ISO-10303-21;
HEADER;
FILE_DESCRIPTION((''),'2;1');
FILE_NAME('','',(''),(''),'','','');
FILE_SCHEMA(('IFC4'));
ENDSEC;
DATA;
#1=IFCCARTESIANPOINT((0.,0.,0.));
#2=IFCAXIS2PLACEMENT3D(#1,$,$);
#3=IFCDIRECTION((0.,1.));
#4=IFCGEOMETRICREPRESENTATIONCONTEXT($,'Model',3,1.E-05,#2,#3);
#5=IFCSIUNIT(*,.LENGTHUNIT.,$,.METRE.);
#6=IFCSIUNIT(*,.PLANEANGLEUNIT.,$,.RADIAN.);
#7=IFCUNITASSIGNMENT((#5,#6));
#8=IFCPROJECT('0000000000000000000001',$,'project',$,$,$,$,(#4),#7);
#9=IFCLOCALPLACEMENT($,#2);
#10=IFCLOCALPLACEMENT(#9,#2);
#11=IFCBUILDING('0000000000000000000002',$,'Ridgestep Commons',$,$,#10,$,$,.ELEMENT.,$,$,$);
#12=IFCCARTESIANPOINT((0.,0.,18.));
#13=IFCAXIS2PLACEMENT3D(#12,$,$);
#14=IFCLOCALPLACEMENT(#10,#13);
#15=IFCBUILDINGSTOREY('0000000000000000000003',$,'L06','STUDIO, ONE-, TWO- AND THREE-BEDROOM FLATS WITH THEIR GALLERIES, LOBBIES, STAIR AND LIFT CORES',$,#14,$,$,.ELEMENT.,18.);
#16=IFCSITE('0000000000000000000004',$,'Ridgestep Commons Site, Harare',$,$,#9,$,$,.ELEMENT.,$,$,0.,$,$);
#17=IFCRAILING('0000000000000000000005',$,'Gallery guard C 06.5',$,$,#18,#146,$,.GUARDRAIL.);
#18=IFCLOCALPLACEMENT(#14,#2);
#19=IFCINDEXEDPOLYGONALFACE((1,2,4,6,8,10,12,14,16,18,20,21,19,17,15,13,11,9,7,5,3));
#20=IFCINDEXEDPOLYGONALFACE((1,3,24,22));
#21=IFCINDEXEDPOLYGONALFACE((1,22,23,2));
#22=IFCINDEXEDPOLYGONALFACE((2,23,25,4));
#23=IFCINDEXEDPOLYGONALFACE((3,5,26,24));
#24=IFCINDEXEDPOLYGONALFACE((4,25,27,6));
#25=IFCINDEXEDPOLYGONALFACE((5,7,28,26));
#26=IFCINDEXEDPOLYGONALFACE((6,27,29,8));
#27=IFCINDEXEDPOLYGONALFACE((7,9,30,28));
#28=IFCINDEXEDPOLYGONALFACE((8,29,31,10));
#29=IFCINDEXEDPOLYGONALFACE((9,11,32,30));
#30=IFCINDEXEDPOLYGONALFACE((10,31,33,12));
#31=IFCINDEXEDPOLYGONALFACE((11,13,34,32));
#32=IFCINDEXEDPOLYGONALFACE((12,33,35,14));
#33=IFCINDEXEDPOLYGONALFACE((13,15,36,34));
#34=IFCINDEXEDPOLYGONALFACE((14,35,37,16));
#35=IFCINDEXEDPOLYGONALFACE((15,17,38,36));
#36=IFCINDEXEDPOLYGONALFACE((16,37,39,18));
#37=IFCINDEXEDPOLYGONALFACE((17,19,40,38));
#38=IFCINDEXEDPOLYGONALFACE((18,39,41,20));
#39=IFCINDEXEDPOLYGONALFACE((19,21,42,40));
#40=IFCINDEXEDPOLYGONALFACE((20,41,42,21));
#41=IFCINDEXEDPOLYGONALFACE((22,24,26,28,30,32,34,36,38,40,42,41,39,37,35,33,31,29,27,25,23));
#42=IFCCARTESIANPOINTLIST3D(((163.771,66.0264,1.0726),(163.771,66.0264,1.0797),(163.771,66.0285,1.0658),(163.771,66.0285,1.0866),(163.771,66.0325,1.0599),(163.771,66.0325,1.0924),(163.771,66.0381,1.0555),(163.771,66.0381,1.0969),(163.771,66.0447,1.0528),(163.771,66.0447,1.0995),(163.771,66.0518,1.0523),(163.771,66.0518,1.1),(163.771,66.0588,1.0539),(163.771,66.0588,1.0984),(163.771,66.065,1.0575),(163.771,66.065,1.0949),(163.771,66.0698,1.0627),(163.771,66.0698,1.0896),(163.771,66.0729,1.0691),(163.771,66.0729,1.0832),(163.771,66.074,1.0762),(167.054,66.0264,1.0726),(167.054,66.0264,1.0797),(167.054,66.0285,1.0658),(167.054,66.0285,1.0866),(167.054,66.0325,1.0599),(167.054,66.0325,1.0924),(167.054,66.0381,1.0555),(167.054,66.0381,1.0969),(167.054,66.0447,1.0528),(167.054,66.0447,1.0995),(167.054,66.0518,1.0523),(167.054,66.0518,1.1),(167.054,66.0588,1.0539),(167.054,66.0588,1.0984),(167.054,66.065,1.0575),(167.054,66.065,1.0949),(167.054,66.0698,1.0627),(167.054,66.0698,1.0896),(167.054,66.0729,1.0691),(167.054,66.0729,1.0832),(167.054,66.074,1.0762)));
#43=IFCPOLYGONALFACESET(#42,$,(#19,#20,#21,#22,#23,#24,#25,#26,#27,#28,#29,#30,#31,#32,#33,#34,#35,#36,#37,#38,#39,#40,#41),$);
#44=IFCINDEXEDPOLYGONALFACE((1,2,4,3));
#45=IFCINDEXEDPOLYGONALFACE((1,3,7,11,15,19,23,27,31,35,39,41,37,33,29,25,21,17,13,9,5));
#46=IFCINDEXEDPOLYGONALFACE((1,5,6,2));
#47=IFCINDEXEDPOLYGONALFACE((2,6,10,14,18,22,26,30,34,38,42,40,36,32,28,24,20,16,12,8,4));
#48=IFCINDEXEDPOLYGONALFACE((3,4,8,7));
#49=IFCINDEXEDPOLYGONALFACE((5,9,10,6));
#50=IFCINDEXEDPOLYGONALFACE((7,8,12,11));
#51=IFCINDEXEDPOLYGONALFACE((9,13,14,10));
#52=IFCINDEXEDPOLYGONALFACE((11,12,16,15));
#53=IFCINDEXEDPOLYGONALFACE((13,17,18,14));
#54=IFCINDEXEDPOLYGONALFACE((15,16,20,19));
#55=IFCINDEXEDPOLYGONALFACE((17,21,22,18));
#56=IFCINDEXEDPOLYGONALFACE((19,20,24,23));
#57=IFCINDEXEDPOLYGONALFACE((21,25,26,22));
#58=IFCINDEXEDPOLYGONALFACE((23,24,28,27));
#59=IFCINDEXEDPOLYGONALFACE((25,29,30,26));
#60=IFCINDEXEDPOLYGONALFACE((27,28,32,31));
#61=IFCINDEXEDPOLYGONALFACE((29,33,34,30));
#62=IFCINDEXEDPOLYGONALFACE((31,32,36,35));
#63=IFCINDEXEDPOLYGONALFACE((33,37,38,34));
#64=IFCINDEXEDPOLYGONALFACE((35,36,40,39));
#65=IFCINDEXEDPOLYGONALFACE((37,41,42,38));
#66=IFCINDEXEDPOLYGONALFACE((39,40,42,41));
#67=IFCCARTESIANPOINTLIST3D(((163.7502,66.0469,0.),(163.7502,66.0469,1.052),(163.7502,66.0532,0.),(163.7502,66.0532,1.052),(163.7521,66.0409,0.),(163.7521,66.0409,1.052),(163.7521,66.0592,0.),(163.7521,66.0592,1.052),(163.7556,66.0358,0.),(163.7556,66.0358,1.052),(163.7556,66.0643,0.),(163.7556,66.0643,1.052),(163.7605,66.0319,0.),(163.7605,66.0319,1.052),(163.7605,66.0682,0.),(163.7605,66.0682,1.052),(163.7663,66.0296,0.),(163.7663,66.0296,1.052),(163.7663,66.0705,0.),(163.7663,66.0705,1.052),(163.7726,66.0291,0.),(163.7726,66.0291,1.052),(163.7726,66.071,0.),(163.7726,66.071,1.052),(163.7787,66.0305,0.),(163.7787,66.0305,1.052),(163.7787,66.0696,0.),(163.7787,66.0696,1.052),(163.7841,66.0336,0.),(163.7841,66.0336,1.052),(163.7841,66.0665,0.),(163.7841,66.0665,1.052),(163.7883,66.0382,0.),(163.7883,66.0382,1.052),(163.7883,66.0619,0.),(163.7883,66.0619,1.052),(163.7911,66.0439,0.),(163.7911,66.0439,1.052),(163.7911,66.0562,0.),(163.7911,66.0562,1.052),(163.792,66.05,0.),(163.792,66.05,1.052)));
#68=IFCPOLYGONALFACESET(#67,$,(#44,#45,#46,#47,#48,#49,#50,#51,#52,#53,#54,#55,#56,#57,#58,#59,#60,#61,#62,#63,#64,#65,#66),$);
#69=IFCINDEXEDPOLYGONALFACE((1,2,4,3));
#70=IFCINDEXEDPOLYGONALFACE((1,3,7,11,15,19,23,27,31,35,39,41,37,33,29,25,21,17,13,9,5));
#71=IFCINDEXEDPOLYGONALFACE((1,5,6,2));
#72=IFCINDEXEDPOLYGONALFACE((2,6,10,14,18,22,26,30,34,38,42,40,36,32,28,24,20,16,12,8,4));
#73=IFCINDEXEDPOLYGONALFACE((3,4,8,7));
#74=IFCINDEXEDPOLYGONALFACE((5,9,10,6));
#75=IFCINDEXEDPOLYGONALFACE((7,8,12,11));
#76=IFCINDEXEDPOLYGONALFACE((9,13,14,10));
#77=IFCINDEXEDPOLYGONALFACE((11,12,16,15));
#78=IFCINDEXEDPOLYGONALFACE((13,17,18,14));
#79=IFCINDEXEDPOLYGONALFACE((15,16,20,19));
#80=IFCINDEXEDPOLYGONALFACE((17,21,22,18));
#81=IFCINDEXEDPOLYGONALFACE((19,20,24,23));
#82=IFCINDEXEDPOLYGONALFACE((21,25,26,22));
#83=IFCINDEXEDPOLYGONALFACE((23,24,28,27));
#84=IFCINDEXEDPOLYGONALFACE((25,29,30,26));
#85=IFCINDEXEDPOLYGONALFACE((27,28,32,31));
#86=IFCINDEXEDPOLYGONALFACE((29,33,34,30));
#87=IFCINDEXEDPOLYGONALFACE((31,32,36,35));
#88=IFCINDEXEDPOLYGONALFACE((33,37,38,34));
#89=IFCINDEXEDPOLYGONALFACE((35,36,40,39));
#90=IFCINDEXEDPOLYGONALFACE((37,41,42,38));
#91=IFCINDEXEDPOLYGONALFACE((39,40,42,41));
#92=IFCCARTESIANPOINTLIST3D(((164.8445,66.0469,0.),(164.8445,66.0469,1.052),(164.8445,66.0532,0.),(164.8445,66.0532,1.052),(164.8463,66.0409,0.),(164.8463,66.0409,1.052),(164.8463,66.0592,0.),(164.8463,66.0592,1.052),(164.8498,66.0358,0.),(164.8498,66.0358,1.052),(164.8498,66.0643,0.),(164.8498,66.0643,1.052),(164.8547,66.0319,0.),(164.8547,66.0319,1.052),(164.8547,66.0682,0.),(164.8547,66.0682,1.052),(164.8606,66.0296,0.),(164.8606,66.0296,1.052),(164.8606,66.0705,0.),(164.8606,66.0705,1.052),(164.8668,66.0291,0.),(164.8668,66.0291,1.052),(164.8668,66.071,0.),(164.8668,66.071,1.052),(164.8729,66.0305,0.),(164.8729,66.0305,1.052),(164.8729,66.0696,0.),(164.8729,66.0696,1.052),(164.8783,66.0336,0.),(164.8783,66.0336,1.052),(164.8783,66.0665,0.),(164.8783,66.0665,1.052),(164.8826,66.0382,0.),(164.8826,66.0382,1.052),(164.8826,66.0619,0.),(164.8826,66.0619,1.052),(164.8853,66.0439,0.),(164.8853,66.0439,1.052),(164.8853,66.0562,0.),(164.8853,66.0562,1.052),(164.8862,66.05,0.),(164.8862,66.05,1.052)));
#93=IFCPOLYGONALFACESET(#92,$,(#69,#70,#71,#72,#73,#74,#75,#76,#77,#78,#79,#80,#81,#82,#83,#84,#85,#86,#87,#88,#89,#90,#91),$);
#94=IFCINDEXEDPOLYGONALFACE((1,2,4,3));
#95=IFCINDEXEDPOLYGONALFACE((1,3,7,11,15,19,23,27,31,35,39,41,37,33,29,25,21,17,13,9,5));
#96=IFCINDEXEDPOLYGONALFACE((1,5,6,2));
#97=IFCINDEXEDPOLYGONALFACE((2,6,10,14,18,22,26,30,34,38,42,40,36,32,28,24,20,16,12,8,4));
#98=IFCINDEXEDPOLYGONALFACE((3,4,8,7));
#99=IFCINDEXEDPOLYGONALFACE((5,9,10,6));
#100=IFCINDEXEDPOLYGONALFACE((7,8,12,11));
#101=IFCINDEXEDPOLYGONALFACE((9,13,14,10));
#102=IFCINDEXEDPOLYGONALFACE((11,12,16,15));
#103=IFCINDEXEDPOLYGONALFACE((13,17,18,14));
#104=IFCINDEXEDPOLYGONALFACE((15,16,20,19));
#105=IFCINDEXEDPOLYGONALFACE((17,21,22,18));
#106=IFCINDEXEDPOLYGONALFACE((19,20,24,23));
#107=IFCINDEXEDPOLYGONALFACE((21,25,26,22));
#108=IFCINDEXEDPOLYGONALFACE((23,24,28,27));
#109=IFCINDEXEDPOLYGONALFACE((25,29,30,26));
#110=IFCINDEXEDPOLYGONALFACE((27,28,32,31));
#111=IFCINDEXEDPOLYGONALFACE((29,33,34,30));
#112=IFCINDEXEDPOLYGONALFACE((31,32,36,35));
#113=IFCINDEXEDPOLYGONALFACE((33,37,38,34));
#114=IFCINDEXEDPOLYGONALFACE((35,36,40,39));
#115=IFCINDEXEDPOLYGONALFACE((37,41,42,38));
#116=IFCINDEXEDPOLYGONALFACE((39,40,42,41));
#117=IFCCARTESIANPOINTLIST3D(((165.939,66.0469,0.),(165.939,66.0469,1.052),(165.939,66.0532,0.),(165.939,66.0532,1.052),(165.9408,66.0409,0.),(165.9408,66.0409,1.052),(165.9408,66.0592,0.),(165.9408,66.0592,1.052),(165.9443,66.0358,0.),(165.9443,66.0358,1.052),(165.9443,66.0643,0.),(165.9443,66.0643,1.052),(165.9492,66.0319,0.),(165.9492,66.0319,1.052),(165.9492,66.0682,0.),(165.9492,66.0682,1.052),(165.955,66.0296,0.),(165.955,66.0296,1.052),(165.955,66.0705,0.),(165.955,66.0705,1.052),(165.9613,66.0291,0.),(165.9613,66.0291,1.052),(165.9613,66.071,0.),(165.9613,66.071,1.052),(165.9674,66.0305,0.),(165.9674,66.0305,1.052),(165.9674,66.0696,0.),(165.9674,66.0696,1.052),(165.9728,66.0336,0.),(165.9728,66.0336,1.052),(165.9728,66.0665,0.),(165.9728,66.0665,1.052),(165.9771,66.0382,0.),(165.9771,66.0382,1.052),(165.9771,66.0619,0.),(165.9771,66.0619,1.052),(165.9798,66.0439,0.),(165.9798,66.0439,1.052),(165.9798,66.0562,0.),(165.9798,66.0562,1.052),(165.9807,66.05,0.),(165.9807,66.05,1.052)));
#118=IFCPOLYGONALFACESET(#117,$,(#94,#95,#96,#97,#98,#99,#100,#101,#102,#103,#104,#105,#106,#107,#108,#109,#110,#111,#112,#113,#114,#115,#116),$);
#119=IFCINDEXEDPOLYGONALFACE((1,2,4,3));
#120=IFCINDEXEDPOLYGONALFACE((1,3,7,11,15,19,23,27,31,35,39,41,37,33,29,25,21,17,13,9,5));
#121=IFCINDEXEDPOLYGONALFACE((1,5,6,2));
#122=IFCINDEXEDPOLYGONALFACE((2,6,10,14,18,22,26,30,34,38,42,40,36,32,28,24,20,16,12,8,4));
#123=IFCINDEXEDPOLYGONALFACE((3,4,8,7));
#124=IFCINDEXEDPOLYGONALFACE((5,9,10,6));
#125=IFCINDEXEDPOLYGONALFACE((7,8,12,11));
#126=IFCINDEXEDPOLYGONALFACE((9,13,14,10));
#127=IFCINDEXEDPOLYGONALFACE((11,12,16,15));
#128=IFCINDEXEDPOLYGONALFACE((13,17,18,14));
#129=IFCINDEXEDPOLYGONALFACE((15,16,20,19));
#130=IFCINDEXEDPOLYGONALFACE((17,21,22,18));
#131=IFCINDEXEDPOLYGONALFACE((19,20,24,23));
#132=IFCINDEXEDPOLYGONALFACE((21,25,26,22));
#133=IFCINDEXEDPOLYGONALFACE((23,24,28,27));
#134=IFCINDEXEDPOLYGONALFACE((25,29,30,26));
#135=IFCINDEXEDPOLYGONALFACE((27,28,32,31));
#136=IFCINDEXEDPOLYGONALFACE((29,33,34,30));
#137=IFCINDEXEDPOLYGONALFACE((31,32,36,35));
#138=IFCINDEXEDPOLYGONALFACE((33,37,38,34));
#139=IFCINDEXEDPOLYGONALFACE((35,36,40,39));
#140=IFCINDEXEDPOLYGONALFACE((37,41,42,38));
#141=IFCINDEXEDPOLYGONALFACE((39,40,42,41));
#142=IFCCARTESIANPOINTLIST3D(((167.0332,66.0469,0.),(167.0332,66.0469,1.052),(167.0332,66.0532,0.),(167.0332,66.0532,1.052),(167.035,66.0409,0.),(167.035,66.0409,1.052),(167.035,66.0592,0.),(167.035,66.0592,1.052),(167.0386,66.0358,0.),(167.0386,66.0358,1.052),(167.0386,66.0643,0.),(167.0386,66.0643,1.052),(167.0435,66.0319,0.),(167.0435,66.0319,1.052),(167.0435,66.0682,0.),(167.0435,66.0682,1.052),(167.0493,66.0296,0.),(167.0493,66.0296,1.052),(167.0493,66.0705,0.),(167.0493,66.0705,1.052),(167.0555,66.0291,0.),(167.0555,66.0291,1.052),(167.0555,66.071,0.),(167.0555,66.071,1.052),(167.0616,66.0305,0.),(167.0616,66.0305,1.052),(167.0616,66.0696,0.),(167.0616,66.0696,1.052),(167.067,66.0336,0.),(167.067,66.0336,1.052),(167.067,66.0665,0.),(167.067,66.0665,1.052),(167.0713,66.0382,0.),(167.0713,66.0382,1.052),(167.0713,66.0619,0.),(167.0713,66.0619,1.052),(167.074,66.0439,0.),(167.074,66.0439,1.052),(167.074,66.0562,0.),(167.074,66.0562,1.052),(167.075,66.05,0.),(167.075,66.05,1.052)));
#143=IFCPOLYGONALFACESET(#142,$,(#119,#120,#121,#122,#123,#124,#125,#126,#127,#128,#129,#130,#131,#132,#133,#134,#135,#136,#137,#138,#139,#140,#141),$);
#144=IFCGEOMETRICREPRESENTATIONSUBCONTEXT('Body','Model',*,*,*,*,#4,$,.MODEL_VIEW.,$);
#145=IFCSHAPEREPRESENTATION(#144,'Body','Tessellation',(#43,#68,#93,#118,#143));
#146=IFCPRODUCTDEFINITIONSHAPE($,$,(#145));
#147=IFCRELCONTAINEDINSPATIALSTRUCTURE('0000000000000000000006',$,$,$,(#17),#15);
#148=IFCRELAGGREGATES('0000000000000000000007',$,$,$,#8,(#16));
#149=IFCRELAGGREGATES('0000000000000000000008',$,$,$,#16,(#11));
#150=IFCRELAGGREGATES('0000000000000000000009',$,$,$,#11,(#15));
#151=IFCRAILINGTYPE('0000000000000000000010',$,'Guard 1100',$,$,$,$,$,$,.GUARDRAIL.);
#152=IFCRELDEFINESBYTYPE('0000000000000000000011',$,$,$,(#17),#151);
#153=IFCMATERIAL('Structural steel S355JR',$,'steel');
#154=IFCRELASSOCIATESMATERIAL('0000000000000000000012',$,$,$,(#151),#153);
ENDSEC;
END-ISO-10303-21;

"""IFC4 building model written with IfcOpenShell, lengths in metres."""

from ifc_helpers import new_model, si_unit, direction, frame, origin, origin_2d, place, context, subcontext, project, spatial, circle, extrude, material, type_object, element, save


model = new_model("IFC4")

# Units and contexts
model_context = context("Model", 3, precision=1e-05, world=origin(), true_north=direction((0.0, 1.0)))
body_context = subcontext(model_context, "Body", "Model", "MODEL_VIEW")
ifc_project = project(units=[si_unit("LENGTHUNIT", "METRE"), si_unit("PLANEANGLEUNIT", "RADIAN")], contexts=[model_context])

# Site, building, storey
site_placement = place(None, origin())
site = spatial("IfcSite", under=ifc_project, at=site_placement, Name="Ridgestep Commons Site, Harare", CompositionType="ELEMENT", RefElevation=0.0)
building_placement = place(site_placement, origin())
building = spatial("IfcBuilding", under=site, at=building_placement, Name="Ridgestep Commons", CompositionType="ELEMENT")
storey_placement = place(building_placement, frame((0.0, 0.0, 18.0)))
storey = spatial("IfcBuildingStorey", under=building, at=storey_placement, Name="L06", Description="STUDIO, ONE-, TWO- AND THREE-BEDROOM FLATS WITH THEIR GALLERIES, LOBBIES, STAIR AND LIFT CORES", CompositionType="ELEMENT", Elevation=18.0)

# Railing
ifc_material_1 = material(Name="Structural steel S355JR", Category="steel")
railing_type_1 = type_object("IfcRailingType", Name="Guard 1100", PredefinedType="GUARDRAIL", material=ifc_material_1)
railing_1_placement = place(storey_placement, frame((163.771, 66.05, 0.0)))
element("IfcRailing", 1, at=railing_1_placement, inside=storey, type_object=railing_type_1, Name="Gallery guard C 06.5", PredefinedType="GUARDRAIL", context=body_context, shape_type="SweptSolid", body=[
    extrude(circle(Radius=0.0239, at=origin_2d()), frame((0.0, 0.0, 1.0762), z_axis=(1.0, 0.0, 0.0), x_axis=(0.0, 1.0, 0.0)), (0.0, 0.0, 1.0), 3.283),
    extrude(circle(Radius=0.021, at=origin_2d()), origin(), (0.0, 0.0, 1.0), 1.052),
    extrude(circle(Radius=0.021, at=origin_2d()), frame((1.0942, 0.0, 0.0)), (0.0, 0.0, 1.0), 1.052),
    extrude(circle(Radius=0.021, at=origin_2d()), frame((2.1887, 0.0, 0.0)), (0.0, 0.0, 1.0), 1.052),
    extrude(circle(Radius=0.021, at=origin_2d()), frame((3.283, 0.0, 0.0)), (0.0, 0.0, 1.0), 1.052),
])

save(model, "model.ifc")
